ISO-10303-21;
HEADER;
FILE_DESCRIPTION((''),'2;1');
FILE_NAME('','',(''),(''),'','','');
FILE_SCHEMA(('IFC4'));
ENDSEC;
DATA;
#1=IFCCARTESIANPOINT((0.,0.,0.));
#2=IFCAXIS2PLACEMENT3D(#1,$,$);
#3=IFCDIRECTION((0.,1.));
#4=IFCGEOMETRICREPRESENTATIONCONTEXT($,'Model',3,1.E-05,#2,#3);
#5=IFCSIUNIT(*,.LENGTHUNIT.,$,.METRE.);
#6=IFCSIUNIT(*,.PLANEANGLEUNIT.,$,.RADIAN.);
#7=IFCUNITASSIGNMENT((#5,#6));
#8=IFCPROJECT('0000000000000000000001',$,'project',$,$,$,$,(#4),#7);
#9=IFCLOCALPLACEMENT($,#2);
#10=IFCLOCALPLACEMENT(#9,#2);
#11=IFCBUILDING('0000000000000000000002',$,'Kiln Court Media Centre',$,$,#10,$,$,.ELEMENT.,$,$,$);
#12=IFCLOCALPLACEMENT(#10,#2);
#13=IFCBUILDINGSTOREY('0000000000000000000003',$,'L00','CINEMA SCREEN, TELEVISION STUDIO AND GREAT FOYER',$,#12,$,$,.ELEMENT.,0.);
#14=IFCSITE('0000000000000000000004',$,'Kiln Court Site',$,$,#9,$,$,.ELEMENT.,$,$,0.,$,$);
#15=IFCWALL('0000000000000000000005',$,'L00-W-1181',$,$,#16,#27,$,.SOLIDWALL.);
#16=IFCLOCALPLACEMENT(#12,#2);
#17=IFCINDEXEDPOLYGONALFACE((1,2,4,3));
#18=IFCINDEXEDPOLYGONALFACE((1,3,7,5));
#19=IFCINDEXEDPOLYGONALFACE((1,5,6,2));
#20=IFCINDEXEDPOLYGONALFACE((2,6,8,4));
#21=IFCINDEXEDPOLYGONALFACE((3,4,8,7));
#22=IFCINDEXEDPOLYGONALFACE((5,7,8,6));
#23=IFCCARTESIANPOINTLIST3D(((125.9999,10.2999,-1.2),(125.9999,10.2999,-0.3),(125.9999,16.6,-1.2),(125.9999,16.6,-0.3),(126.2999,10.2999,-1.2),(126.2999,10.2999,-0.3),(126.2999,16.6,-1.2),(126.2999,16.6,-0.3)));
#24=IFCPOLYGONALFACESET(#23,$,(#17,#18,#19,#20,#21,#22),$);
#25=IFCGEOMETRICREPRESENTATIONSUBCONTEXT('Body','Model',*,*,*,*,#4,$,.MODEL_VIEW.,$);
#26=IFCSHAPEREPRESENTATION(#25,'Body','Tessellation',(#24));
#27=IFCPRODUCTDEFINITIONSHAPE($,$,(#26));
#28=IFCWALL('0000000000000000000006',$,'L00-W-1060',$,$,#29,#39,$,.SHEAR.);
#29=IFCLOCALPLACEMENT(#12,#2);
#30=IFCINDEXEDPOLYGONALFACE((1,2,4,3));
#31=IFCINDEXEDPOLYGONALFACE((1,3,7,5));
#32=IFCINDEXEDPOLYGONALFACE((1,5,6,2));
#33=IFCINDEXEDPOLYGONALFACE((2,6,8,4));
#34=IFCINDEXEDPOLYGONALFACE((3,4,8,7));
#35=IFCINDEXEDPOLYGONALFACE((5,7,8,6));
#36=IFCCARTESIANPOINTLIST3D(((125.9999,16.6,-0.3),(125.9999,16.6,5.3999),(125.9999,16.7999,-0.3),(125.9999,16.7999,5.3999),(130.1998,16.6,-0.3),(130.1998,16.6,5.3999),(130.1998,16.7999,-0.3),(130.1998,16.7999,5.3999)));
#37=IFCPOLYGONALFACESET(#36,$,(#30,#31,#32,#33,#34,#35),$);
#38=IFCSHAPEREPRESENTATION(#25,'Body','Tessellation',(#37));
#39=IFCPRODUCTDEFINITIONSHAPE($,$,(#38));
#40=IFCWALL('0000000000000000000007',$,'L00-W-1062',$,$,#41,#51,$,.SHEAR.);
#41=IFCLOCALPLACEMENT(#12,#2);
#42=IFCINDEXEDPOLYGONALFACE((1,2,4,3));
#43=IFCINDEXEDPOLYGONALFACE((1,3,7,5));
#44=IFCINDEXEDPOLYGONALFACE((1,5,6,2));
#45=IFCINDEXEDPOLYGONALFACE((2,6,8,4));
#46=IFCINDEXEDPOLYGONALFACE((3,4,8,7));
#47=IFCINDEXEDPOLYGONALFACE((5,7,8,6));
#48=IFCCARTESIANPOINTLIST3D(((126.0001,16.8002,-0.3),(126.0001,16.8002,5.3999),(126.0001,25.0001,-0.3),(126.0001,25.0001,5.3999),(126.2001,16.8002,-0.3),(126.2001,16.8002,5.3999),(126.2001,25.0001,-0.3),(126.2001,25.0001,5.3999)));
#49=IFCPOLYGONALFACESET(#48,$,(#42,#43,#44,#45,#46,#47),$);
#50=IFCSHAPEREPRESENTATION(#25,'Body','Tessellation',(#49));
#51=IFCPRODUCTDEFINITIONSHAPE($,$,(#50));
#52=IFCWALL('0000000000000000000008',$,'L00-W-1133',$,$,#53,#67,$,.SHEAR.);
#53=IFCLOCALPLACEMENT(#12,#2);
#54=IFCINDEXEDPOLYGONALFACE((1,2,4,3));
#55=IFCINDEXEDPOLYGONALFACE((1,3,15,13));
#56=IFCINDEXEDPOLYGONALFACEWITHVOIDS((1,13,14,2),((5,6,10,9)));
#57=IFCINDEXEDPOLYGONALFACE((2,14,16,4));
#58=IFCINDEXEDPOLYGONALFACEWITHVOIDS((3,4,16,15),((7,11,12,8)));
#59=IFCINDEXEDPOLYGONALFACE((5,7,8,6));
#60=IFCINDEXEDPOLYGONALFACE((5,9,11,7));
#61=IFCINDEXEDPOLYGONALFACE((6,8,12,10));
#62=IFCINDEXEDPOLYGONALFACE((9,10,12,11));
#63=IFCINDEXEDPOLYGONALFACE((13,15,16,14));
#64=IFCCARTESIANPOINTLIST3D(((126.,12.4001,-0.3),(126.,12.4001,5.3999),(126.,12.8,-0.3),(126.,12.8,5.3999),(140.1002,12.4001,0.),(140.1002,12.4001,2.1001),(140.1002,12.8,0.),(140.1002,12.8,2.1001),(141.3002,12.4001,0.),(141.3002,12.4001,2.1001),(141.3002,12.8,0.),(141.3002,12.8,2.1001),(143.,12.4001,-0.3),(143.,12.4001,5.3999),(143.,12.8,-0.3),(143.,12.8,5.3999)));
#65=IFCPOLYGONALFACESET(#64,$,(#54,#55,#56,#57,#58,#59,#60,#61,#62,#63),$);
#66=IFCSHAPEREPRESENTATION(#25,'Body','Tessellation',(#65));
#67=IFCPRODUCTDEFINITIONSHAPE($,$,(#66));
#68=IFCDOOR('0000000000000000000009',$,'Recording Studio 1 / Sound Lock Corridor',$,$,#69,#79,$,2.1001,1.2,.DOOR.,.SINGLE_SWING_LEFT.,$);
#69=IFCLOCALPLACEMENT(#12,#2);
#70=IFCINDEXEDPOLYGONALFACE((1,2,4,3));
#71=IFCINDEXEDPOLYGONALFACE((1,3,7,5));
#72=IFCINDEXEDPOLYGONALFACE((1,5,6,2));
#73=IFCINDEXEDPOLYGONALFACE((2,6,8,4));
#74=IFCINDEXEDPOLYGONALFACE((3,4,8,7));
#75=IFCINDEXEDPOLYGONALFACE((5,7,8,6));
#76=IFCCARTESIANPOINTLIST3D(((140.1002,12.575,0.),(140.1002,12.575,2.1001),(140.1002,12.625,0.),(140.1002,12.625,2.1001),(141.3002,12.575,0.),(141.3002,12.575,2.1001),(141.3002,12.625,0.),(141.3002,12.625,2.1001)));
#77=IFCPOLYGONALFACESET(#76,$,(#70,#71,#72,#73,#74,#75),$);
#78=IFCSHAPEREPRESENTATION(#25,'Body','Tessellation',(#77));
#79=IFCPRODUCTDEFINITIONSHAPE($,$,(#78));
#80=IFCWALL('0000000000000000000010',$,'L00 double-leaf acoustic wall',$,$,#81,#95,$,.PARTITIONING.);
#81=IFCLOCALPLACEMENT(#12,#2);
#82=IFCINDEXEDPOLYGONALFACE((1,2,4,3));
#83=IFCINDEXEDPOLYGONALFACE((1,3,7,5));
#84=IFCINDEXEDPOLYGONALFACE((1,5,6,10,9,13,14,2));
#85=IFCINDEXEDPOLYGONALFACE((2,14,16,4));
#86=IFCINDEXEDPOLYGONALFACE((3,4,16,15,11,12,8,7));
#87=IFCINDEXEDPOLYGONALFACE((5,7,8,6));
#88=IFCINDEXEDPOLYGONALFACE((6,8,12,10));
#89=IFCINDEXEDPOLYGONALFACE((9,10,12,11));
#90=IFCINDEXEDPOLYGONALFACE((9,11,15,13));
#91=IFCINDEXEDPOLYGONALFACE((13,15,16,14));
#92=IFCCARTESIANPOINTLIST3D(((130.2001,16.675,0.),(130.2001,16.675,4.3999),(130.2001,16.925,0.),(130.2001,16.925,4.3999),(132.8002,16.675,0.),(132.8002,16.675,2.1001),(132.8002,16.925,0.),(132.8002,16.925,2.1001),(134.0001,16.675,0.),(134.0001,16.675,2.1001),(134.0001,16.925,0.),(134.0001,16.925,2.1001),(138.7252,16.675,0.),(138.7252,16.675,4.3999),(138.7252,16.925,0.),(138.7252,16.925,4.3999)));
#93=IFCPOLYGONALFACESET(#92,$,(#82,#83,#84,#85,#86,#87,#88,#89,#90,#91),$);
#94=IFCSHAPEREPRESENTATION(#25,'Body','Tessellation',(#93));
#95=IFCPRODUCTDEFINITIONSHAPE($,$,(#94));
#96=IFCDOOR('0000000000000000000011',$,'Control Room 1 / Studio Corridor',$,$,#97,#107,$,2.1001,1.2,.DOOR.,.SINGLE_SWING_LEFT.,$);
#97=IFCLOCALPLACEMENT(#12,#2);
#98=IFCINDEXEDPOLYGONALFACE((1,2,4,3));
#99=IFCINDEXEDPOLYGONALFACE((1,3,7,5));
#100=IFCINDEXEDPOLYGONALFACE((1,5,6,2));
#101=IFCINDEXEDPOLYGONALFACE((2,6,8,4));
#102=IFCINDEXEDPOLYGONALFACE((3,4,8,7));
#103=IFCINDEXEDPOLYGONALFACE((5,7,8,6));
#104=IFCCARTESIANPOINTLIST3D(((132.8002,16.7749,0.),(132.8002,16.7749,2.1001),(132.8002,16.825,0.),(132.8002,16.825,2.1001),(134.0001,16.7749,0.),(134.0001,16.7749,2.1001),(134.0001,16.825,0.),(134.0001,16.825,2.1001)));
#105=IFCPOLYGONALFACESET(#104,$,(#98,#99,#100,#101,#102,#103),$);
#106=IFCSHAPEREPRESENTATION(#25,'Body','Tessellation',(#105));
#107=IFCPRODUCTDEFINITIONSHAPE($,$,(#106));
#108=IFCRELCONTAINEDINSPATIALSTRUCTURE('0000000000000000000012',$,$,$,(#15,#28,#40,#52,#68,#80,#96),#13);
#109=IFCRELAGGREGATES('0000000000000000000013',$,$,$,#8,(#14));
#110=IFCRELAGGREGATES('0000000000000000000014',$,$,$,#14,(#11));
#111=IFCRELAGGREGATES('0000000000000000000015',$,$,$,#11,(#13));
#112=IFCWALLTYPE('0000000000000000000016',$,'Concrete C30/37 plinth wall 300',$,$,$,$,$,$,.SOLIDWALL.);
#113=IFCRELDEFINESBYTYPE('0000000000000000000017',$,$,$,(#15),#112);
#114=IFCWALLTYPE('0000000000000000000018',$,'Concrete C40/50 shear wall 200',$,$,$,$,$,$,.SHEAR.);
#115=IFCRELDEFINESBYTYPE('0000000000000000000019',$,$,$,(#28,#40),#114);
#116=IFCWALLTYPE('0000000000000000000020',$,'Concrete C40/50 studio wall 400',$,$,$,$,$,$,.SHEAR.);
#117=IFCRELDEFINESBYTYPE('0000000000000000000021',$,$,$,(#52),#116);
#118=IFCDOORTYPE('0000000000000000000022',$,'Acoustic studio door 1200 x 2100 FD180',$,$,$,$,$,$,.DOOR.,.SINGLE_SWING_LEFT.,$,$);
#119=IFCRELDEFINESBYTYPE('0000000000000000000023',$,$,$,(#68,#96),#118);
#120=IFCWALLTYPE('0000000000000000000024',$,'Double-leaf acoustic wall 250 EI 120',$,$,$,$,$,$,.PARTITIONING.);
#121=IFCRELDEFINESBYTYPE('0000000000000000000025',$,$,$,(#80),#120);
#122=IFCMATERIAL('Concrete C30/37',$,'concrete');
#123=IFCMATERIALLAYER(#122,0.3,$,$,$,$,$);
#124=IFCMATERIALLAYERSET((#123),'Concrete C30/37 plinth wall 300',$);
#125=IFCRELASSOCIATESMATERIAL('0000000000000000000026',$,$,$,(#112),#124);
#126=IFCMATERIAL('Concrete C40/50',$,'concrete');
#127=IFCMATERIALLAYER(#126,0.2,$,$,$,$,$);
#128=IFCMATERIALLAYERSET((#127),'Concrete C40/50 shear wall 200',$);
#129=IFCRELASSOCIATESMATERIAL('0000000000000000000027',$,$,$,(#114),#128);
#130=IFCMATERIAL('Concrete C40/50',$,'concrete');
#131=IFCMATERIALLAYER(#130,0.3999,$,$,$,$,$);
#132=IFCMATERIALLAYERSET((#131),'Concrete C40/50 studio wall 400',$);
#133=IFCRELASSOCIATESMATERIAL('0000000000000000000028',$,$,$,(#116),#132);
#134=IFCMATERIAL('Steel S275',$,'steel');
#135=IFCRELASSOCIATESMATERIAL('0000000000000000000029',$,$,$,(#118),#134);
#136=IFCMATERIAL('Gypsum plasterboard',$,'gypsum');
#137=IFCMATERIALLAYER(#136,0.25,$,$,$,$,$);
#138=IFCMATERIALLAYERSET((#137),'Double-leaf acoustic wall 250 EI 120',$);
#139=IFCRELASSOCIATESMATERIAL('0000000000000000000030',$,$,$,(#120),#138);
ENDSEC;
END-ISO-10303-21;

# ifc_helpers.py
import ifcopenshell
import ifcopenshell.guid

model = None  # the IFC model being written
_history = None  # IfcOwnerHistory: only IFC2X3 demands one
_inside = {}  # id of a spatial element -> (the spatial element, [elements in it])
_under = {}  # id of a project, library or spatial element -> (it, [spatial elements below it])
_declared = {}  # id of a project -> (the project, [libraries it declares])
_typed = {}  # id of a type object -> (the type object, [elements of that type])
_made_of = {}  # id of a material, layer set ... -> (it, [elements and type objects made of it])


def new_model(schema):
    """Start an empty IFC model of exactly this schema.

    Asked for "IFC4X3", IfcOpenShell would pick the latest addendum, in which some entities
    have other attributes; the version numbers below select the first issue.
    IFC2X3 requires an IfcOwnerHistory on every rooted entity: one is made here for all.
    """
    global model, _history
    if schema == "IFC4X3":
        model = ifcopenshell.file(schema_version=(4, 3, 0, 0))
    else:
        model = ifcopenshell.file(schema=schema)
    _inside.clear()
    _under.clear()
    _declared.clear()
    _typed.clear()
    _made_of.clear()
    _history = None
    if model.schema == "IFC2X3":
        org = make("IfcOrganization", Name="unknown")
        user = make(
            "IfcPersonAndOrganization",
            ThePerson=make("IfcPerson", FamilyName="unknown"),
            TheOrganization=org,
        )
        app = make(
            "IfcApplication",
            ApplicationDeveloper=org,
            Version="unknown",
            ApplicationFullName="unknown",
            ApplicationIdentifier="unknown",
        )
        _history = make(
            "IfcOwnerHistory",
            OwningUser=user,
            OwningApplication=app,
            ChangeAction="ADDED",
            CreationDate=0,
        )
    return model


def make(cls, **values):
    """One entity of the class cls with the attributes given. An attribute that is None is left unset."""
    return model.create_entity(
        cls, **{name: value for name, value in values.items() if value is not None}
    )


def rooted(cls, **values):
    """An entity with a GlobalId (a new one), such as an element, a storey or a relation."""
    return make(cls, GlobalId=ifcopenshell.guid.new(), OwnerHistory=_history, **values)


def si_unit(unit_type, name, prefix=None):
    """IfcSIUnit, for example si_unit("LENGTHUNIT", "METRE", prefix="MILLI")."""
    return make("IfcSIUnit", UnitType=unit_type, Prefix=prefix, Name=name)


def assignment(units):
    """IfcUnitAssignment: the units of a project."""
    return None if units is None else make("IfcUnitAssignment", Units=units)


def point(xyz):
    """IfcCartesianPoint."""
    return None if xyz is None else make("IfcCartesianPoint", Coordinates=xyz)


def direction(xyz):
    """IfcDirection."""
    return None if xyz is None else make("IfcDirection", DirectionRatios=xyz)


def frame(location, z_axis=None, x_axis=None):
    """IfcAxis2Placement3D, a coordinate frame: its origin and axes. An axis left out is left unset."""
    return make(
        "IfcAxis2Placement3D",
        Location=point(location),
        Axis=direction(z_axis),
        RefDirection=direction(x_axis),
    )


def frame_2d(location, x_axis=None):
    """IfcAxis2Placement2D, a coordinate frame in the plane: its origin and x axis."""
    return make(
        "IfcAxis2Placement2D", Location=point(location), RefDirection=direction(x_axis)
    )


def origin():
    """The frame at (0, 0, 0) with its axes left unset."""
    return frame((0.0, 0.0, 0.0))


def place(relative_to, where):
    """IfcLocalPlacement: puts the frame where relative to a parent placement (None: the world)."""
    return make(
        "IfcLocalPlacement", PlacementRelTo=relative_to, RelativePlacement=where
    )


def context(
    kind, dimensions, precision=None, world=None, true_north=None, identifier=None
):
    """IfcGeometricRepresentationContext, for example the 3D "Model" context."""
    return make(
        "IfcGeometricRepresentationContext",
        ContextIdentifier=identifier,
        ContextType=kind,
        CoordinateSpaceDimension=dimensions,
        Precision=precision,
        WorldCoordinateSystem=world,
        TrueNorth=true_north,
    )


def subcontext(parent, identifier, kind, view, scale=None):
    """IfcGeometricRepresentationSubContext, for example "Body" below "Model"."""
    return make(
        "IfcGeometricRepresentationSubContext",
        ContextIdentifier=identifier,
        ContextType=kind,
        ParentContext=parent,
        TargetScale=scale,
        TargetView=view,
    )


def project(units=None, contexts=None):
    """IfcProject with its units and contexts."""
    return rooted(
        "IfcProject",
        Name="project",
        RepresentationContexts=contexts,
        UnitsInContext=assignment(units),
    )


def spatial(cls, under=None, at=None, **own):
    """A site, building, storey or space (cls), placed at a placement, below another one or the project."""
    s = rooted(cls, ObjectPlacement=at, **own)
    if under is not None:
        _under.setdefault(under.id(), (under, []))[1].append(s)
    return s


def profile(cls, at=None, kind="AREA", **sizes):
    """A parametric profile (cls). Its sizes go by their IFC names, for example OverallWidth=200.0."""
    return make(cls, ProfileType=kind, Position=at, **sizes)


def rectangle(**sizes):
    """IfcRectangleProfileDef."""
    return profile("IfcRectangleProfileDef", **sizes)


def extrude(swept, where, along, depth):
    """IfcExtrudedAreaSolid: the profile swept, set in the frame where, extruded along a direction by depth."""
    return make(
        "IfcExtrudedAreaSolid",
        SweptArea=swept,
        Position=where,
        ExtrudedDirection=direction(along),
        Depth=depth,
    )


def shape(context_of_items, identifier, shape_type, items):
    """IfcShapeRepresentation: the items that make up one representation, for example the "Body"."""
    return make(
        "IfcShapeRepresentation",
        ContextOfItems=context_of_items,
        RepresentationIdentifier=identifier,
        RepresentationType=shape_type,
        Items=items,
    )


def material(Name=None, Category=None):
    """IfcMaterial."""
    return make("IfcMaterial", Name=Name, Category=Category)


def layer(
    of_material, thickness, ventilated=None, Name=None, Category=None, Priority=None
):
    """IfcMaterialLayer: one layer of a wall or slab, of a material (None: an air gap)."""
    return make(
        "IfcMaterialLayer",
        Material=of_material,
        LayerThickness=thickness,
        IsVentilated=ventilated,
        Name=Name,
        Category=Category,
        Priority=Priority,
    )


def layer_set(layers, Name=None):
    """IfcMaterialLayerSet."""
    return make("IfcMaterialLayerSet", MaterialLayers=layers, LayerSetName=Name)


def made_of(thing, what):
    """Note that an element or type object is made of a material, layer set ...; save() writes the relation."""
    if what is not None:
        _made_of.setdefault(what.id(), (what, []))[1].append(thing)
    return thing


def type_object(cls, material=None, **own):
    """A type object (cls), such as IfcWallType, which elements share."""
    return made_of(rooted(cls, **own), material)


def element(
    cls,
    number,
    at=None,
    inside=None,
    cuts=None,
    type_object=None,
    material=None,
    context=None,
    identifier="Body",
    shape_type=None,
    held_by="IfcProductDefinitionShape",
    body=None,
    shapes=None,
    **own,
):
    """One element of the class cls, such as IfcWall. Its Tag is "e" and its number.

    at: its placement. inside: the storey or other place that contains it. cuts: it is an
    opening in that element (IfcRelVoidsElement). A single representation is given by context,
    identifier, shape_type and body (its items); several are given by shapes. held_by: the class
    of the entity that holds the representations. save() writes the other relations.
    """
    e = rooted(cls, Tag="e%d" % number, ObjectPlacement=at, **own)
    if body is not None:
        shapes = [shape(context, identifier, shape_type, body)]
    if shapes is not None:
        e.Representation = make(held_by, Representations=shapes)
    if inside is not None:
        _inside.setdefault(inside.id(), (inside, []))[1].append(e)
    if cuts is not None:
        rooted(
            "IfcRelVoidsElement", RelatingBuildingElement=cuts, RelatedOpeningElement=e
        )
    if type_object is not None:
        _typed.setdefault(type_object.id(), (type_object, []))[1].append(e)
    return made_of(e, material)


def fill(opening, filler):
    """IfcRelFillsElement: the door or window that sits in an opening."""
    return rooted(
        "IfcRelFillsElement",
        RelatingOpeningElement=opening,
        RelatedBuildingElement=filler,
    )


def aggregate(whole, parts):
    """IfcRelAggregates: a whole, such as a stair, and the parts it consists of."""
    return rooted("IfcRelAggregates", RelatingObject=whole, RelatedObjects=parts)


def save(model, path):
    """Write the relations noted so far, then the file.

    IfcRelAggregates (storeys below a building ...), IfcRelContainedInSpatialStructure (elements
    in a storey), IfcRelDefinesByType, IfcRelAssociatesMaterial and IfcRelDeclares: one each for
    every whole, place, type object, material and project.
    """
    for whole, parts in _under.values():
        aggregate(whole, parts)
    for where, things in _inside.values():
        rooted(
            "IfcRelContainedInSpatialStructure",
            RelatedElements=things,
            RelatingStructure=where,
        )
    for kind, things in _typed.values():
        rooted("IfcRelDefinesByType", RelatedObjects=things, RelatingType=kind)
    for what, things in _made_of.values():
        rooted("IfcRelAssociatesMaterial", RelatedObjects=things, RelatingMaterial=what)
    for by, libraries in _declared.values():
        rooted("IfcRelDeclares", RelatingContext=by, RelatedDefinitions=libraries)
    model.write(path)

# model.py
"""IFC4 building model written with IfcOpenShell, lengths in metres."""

from ifc_helpers import new_model, si_unit, direction, frame, frame_2d, origin, place, context, subcontext, project, spatial, rectangle, extrude, material, layer, layer_set, type_object, element, fill, save


model = new_model("IFC4")

# Units and contexts
model_context = context("Model", 3, precision=1e-05, world=origin(), true_north=direction((0.0, 1.0)))
body_context = subcontext(model_context, "Body", "Model", "MODEL_VIEW")
ifc_project = project(units=[si_unit("LENGTHUNIT", "METRE"), si_unit("PLANEANGLEUNIT", "RADIAN")], contexts=[model_context])

# Site, building, storey
site_placement = place(None, origin())
site = spatial("IfcSite", under=ifc_project, at=site_placement, Name="Kiln Court Site", CompositionType="ELEMENT", RefElevation=0.0)
building_placement = place(site_placement, origin())
building = spatial("IfcBuilding", under=site, at=building_placement, Name="Kiln Court Media Centre", CompositionType="ELEMENT")
storey_placement = place(building_placement, origin())
storey = spatial("IfcBuildingStorey", under=building, at=storey_placement, Name="L00", Description="CINEMA SCREEN, TELEVISION STUDIO AND GREAT FOYER", CompositionType="ELEMENT", Elevation=0.0)

# Wall
ifc_material_1 = material(Name="Concrete C30/37", Category="concrete")
ifc_layer_1 = layer(ifc_material_1, 0.3)
ifc_layer_set_1 = layer_set([ifc_layer_1], Name="Concrete C30/37 plinth wall 300")
wall_type_1 = type_object("IfcWallType", Name="Concrete C30/37 plinth wall 300", PredefinedType="SOLIDWALL", material=ifc_layer_set_1)
wall_1_placement = place(storey_placement, frame((126.1499, 10.3, -1.2), z_axis=(0.0, 0.0, 1.0), x_axis=(0.0, 1.0, 0.0)))
element("IfcWall", 1, at=wall_1_placement, inside=storey, type_object=wall_type_1, Name="L00-W-1181", PredefinedType="SOLIDWALL", context=body_context, shape_type="SweptSolid", body=[
    extrude(rectangle(XDim=6.3, YDim=0.3, at=frame_2d((3.1499, 0.0))), origin(), (0.0, 0.0, 1.0), 0.8999),
])

# Walls
ifc_material_2 = material(Name="Concrete C40/50", Category="concrete")
ifc_layer_2 = layer(ifc_material_2, 0.2)
ifc_layer_set_2 = layer_set([ifc_layer_2], Name="Concrete C40/50 shear wall 200")
wall_type_2 = type_object("IfcWallType", Name="Concrete C40/50 shear wall 200", PredefinedType="SHEAR", material=ifc_layer_set_2)
wall_2_placement = place(storey_placement, frame((130.2, 16.7, -0.3), z_axis=(0.0, 0.0, 1.0), x_axis=(-1.0, 0.0, 0.0)))
element("IfcWall", 2, at=wall_2_placement, inside=storey, type_object=wall_type_2, Name="L00-W-1060", PredefinedType="SHEAR", context=body_context, shape_type="SweptSolid", body=[
    extrude(rectangle(XDim=4.2, YDim=0.2, at=frame_2d((2.1001, 0.0))), origin(), (0.0, 0.0, 1.0), 5.7),
])
wall_3_placement = place(storey_placement, frame((126.1001, 16.8, -0.3), z_axis=(0.0, 0.0, 1.0), x_axis=(0.0, 1.0, 0.0)))
element("IfcWall", 3, at=wall_3_placement, inside=storey, type_object=wall_type_2, Name="L00-W-1062", PredefinedType="SHEAR", context=body_context, shape_type="SweptSolid", body=[
    extrude(rectangle(XDim=8.2, YDim=0.2, at=frame_2d((4.1001, 0.0))), origin(), (0.0, 0.0, 1.0), 5.7),
])

# Walls, openings, doors
ifc_material_3 = material(Name="Concrete C40/50", Category="concrete")
ifc_layer_3 = layer(ifc_material_3, 0.3999)
ifc_layer_set_3 = layer_set([ifc_layer_3], Name="Concrete C40/50 studio wall 400")
wall_type_3 = type_object("IfcWallType", Name="Concrete C40/50 studio wall 400", PredefinedType="SHEAR", material=ifc_layer_set_3)
wall_4_placement = place(storey_placement, frame((126.0, 12.6001, -0.3), z_axis=(0.0, 0.0, 1.0), x_axis=(1.0, 0.0, 0.0)))
wall_4 = element("IfcWall", 4, at=wall_4_placement, inside=storey, type_object=wall_type_3, Name="L00-W-1133", PredefinedType="SHEAR", context=body_context, shape_type="SweptSolid", body=[
    extrude(rectangle(XDim=17.0, YDim=0.3999, at=frame_2d((8.5, 0.0))), origin(), (0.0, 0.0, 1.0), 5.7),
])
opening_1_placement = place(wall_4_placement, frame((14.1001, 0.0, 0.3)))
opening_1 = element("IfcOpeningElement", 5, at=opening_1_placement, cuts=wall_4, PredefinedType="OPENING", context=body_context, shape_type="SweptSolid", body=[
    extrude(rectangle(XDim=1.2, YDim=2.1001, at=frame_2d((0.6001, 1.05))), frame((0.0, 0.21, 0.0), z_axis=(0.0, -1.0, 0.0), x_axis=(1.0, 0.0, 0.0)), (0.0, 0.0, 1.0), 0.4199),
])
ifc_material_4 = material(Name="Steel S275", Category="steel")
door_type_1 = type_object("IfcDoorType", Name="Acoustic studio door 1200 x 2100 FD180", OperationType="SINGLE_SWING_LEFT", PredefinedType="DOOR", material=ifc_material_4)
door_1_placement = place(opening_1_placement, origin())
door_1 = element("IfcDoor", 6, at=door_1_placement, inside=storey, type_object=door_type_1, Name="Recording Studio 1 / Sound Lock Corridor", OperationType="SINGLE_SWING_LEFT", OverallHeight=2.1001, OverallWidth=1.2, PredefinedType="DOOR", context=body_context, shape_type="SweptSolid", body=[
    extrude(rectangle(XDim=1.2, YDim=2.1001, at=frame_2d((0.6001, 1.05))), frame((0.0, 0.0249, 0.0), z_axis=(0.0, -1.0, 0.0), x_axis=(1.0, 0.0, 0.0)), (0.0, 0.0, 1.0), 0.05),
])
fill(opening_1, door_1)
ifc_material_5 = material(Name="Gypsum plasterboard", Category="gypsum")
ifc_layer_4 = layer(ifc_material_5, 0.25)
ifc_layer_set_4 = layer_set([ifc_layer_4], Name="Double-leaf acoustic wall 250 EI 120")
wall_type_4 = type_object("IfcWallType", Name="Double-leaf acoustic wall 250 EI 120", PredefinedType="PARTITIONING", material=ifc_layer_set_4)
wall_5_placement = place(storey_placement, frame((130.2, 16.8, 0.0), z_axis=(0.0, 0.0, 1.0), x_axis=(1.0, 0.0, 0.0)))
wall_5 = element("IfcWall", 7, at=wall_5_placement, inside=storey, type_object=wall_type_4, Name="L00 double-leaf acoustic wall", PredefinedType="PARTITIONING", context=body_context, shape_type="SweptSolid", body=[
    extrude(rectangle(XDim=8.5251, YDim=0.25, at=frame_2d((4.2627, 0.0))), origin(), (0.0, 0.0, 1.0), 4.3999),
])
opening_2_placement = place(wall_5_placement, frame((2.6001, 0.0, 0.0)))
opening_2 = element("IfcOpeningElement", 8, at=opening_2_placement, cuts=wall_5, PredefinedType="OPENING", context=body_context, shape_type="SweptSolid", body=[
    extrude(rectangle(XDim=1.2, YDim=2.1001, at=frame_2d((0.6001, 1.05))), frame((0.0, 0.135, 0.0), z_axis=(0.0, -1.0, 0.0), x_axis=(1.0, 0.0, 0.0)), (0.0, 0.0, 1.0), 0.27),
])
door_2_placement = place(opening_2_placement, origin())
door_2 = element("IfcDoor", 9, at=door_2_placement, inside=storey, type_object=door_type_1, Name="Control Room 1 / Studio Corridor", OperationType="SINGLE_SWING_LEFT", OverallHeight=2.1001, OverallWidth=1.2, PredefinedType="DOOR", context=body_context, shape_type="SweptSolid", body=[
    extrude(rectangle(XDim=1.2, YDim=2.1001, at=frame_2d((0.6001, 1.05))), frame((0.0, 0.0249, 0.0), z_axis=(0.0, -1.0, 0.0), x_axis=(1.0, 0.0, 0.0)), (0.0, 0.0, 1.0), 0.05),
])
fill(opening_2, door_2)

save(model, "model.ifc")
